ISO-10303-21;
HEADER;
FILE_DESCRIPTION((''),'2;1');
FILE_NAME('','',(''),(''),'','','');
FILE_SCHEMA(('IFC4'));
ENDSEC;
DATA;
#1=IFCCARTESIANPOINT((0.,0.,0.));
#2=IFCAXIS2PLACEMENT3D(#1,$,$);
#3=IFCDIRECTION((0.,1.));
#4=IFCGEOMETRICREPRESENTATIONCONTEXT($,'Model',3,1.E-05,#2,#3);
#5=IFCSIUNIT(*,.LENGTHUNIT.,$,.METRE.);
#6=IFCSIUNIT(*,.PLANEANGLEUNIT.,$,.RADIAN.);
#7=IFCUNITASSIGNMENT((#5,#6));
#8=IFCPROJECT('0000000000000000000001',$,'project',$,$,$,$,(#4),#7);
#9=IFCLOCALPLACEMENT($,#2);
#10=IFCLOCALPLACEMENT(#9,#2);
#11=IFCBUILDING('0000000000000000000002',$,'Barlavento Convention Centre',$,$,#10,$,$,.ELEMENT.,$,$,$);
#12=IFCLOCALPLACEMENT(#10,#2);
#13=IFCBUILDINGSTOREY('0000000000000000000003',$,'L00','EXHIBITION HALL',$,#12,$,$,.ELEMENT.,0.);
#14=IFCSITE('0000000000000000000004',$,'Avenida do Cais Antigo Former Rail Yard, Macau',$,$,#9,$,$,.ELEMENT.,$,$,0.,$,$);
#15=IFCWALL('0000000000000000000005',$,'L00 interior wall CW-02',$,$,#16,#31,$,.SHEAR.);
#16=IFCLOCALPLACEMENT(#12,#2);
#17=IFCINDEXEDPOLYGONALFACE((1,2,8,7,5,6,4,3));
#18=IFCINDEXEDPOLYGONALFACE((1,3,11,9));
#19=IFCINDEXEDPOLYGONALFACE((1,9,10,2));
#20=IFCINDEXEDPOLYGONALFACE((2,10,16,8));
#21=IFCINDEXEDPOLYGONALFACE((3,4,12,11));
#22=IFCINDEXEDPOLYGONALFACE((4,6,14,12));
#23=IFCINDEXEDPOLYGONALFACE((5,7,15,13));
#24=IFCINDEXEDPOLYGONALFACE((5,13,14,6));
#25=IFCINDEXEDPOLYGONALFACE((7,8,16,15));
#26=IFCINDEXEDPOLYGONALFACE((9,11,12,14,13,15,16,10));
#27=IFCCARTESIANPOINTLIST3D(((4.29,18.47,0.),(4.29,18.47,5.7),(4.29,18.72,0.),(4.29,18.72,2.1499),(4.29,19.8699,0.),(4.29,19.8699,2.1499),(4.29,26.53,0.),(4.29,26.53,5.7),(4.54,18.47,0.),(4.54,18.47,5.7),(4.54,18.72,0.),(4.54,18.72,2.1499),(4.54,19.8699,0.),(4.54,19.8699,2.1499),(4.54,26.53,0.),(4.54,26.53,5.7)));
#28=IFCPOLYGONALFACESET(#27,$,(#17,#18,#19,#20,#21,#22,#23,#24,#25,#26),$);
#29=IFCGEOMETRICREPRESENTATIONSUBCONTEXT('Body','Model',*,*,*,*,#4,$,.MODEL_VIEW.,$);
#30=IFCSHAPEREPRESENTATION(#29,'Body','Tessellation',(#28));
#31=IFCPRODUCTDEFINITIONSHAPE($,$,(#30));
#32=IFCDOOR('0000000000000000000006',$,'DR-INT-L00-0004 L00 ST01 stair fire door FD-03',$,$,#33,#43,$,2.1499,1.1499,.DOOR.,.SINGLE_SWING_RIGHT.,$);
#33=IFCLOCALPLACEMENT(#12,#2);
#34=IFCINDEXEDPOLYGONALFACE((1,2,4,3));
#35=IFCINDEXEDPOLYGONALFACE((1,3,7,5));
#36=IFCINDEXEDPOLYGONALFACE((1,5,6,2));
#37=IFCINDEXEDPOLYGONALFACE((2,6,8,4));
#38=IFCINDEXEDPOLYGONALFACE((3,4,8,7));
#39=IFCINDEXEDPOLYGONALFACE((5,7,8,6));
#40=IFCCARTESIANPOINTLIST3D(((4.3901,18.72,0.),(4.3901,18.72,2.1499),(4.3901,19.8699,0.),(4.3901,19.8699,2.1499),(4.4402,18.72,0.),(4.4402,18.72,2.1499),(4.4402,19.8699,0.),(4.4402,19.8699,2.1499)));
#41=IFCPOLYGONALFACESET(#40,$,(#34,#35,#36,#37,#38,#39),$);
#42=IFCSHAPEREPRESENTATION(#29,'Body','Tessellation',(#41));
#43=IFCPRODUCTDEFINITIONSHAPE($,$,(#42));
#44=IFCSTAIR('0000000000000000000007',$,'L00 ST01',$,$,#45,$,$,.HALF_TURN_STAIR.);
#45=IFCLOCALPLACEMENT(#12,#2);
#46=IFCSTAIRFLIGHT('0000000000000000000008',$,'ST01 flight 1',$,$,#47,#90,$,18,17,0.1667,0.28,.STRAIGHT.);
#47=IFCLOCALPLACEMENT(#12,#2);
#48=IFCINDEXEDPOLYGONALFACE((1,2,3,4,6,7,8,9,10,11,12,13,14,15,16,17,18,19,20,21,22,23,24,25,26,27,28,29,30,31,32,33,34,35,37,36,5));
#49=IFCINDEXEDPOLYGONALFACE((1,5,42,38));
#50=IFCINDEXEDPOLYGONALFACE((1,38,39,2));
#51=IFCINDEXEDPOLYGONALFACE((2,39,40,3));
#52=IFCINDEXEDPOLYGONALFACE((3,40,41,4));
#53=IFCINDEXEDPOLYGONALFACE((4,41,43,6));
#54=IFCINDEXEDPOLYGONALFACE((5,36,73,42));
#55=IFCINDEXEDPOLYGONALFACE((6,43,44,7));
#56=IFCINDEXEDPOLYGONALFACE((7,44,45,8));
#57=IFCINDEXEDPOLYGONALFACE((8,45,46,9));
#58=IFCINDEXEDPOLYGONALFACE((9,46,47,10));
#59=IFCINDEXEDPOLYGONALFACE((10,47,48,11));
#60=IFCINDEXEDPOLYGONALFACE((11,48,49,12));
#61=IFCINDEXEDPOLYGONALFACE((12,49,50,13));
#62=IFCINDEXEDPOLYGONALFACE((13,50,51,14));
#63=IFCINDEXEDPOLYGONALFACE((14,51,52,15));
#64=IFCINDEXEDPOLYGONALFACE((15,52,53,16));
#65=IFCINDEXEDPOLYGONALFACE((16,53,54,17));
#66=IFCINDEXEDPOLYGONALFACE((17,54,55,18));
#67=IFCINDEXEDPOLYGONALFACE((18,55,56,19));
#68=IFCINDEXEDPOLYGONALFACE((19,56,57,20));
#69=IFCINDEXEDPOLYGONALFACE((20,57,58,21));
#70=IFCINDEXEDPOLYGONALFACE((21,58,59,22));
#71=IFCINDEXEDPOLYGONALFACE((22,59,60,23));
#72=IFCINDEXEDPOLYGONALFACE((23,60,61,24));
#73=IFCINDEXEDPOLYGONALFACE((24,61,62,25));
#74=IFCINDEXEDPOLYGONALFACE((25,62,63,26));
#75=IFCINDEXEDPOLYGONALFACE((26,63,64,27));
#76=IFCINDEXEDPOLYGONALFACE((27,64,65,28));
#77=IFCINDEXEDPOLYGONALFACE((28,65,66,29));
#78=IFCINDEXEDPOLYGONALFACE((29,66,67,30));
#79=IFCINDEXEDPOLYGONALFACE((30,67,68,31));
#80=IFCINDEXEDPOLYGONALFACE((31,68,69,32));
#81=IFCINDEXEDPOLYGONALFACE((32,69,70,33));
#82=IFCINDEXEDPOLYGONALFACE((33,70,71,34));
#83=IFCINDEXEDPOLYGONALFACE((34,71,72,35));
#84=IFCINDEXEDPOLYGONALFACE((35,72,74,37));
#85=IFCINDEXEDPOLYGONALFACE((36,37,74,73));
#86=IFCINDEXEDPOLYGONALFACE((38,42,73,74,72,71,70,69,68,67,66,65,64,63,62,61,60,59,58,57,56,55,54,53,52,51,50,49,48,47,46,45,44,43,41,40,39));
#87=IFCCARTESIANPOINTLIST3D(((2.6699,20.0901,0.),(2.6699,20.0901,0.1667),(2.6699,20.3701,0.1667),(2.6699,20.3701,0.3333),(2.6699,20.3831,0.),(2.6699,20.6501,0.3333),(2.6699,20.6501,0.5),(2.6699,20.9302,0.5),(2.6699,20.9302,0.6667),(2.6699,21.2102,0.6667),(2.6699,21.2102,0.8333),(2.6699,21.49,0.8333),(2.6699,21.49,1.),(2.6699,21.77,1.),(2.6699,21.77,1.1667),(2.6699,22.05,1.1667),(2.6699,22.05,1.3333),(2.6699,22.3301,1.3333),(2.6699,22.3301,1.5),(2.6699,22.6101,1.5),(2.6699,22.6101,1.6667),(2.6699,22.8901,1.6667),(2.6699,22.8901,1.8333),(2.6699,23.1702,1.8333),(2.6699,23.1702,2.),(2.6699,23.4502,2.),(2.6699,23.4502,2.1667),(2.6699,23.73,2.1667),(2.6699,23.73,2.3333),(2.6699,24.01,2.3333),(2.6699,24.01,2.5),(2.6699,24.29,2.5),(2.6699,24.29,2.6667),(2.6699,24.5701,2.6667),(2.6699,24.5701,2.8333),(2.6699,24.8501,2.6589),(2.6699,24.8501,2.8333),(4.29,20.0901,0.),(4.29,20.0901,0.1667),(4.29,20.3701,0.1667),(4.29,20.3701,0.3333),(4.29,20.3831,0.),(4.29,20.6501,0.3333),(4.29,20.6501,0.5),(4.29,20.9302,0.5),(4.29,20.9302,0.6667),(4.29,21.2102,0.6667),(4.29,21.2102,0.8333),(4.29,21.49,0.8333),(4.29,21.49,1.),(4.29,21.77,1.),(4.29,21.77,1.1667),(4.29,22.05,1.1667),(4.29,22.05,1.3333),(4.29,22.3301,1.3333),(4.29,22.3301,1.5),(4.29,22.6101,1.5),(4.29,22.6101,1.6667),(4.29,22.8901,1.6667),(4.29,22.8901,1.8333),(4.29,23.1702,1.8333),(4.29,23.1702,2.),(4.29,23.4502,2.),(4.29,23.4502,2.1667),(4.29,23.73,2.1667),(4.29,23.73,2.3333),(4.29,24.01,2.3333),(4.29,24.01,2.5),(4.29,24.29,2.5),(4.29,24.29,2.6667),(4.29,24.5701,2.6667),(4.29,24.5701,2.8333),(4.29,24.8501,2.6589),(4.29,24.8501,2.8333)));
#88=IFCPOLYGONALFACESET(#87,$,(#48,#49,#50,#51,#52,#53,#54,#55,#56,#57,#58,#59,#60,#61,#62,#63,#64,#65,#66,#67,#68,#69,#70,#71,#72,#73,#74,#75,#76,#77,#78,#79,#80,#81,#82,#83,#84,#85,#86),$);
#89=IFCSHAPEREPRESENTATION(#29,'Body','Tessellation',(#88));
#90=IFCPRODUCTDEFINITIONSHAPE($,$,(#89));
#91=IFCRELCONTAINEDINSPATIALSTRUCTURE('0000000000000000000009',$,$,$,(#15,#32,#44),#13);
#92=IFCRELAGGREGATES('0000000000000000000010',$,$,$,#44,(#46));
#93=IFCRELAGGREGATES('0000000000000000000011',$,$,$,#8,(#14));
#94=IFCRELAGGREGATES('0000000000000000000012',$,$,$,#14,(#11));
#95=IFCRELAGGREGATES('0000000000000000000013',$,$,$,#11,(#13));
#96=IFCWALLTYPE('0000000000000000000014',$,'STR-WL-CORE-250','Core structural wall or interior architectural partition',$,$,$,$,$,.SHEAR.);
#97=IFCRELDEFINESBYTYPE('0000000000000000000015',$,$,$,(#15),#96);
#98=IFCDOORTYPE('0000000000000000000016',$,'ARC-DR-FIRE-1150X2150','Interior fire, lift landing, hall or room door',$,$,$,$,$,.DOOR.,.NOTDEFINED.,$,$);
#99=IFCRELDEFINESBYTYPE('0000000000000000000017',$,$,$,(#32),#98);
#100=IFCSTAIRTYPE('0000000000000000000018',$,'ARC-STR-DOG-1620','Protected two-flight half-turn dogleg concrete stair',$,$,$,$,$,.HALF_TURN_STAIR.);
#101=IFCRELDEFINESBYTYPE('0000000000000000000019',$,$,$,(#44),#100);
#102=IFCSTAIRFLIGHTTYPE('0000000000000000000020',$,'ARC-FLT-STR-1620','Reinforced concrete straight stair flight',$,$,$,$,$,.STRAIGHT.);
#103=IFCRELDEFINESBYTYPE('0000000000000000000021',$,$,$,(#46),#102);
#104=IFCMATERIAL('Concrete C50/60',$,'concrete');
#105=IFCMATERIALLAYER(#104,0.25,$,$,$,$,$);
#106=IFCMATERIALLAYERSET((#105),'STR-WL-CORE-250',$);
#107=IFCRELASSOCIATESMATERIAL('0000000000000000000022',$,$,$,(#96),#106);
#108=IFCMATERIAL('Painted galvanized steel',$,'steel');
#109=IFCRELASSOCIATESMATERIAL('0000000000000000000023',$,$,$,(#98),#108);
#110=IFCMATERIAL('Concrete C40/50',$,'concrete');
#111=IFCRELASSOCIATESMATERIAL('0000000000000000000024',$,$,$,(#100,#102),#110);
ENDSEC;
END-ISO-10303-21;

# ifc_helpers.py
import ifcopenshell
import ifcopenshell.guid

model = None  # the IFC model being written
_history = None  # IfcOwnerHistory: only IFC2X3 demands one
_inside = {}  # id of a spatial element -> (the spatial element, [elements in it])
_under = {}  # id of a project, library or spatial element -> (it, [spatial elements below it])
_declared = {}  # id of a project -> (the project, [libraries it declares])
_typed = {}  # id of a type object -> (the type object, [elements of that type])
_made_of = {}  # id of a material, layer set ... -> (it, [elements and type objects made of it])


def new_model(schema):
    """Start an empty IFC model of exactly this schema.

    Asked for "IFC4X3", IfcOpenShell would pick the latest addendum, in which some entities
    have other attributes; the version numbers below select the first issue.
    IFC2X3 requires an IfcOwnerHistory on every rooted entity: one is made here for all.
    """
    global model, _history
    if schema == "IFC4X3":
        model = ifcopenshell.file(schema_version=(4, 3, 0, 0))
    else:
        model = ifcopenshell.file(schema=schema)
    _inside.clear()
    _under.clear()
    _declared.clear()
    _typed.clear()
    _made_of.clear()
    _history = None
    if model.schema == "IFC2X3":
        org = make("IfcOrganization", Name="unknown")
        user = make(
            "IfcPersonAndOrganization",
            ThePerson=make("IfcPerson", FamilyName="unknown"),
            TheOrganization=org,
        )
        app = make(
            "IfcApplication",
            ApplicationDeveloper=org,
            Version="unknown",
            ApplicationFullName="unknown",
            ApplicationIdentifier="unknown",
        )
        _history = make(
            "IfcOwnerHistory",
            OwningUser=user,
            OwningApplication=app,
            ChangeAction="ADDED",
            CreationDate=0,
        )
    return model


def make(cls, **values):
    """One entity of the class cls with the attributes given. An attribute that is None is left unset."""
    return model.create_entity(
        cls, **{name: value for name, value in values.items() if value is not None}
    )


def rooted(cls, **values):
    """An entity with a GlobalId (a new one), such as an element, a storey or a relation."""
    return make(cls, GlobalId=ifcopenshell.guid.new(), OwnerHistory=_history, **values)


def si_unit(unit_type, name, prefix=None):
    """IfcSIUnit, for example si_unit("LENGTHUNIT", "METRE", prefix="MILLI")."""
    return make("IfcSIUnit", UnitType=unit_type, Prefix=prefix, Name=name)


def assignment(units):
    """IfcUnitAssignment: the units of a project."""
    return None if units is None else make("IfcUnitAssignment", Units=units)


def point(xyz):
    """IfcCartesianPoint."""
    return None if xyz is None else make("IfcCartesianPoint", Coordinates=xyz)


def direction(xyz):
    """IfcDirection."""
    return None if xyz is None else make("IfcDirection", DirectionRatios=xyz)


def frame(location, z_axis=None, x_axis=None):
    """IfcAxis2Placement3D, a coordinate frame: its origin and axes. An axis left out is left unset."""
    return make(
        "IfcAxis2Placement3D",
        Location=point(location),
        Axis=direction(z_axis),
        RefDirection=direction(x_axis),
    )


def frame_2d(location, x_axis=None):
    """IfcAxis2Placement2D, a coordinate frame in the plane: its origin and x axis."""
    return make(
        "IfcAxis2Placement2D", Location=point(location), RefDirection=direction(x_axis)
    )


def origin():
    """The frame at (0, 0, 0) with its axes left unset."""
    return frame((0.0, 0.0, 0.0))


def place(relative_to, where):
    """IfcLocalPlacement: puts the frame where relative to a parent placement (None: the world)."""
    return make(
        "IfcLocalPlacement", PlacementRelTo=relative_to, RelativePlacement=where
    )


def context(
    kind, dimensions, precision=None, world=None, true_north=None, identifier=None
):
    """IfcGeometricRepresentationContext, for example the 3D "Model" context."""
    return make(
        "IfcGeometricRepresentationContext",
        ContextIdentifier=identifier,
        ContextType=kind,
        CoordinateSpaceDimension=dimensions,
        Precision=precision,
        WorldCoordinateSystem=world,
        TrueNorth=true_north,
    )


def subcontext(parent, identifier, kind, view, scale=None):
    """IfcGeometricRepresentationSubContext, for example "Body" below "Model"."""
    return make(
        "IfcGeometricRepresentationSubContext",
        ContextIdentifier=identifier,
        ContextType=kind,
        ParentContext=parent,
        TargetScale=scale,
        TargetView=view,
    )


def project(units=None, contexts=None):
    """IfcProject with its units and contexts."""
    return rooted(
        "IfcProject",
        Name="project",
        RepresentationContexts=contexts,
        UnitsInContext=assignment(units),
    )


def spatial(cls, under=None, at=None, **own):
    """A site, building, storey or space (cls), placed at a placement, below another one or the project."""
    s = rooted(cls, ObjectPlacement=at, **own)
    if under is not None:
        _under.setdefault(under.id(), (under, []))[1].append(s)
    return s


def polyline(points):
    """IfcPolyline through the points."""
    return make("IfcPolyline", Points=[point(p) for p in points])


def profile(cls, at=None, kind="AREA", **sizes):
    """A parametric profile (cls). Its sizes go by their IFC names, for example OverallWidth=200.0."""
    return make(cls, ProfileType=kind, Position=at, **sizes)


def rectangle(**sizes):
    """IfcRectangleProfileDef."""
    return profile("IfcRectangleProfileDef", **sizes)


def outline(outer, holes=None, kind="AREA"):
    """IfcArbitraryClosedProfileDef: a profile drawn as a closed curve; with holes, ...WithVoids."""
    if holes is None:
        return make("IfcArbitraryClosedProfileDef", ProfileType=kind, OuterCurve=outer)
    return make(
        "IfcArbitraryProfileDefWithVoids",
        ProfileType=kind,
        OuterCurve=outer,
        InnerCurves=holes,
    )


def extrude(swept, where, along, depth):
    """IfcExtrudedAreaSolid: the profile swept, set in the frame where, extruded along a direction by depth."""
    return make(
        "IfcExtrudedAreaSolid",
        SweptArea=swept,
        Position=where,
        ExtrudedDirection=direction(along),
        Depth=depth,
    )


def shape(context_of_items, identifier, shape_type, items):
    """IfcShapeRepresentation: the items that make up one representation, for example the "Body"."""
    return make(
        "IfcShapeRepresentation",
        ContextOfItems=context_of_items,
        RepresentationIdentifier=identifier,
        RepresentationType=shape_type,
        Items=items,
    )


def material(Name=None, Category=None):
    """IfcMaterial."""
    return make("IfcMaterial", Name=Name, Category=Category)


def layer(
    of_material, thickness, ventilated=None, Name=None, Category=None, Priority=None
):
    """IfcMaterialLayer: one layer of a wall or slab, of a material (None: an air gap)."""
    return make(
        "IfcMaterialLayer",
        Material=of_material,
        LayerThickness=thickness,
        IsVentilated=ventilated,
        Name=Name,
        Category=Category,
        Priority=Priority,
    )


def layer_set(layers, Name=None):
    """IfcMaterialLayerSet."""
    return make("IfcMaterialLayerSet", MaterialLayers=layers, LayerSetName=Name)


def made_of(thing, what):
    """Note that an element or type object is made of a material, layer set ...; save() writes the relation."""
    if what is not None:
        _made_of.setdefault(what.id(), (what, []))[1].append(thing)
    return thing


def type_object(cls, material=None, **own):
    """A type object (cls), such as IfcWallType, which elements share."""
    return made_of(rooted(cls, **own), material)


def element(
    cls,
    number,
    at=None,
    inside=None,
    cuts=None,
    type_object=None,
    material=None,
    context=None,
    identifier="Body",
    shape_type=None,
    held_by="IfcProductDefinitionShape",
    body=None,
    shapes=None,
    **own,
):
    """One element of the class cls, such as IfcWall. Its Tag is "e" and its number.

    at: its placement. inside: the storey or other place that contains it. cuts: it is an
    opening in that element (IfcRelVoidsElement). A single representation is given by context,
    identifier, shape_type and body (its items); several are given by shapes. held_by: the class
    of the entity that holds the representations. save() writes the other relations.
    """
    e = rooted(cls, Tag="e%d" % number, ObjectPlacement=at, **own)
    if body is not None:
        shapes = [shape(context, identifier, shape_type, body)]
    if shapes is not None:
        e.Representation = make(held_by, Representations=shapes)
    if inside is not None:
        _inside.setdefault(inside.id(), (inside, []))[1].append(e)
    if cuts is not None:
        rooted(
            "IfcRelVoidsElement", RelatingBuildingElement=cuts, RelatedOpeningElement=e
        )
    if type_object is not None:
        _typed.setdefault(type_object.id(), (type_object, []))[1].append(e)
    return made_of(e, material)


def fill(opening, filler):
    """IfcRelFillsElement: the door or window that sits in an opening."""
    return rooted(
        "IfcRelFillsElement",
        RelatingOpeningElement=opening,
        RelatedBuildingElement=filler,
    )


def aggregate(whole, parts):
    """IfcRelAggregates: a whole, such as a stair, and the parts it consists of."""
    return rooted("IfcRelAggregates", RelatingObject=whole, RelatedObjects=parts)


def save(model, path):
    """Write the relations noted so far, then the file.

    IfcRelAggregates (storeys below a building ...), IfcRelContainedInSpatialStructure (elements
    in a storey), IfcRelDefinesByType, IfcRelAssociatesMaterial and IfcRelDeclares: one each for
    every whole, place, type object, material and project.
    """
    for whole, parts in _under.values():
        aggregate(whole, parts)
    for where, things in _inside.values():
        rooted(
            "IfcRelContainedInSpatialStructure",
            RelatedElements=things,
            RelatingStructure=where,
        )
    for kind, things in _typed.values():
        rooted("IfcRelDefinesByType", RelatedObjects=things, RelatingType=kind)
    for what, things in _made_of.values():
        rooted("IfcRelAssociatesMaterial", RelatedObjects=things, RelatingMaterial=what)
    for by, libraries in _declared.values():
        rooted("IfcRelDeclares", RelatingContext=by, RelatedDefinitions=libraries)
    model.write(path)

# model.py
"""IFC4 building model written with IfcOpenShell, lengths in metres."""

from ifc_helpers import new_model, si_unit, direction, frame, frame_2d, origin, place, context, subcontext, project, spatial, polyline, rectangle, outline, extrude, material, layer, layer_set, type_object, element, fill, aggregate, save


model = new_model("IFC4")

# Units and contexts
model_context = context("Model", 3, precision=1e-05, world=origin(), true_north=direction((0.0, 1.0)))
body_context = subcontext(model_context, "Body", "Model", "MODEL_VIEW")
ifc_project = project(units=[si_unit("LENGTHUNIT", "METRE"), si_unit("PLANEANGLEUNIT", "RADIAN")], contexts=[model_context])

# Site, building, storey
site_placement = place(None, origin())
site = spatial("IfcSite", under=ifc_project, at=site_placement, Name="Avenida do Cais Antigo Former Rail Yard, Macau", CompositionType="ELEMENT", RefElevation=0.0)
building_placement = place(site_placement, origin())
building = spatial("IfcBuilding", under=site, at=building_placement, Name="Barlavento Convention Centre", CompositionType="ELEMENT")
storey_placement = place(building_placement, origin())
storey = spatial("IfcBuildingStorey", under=building, at=storey_placement, Name="L00", Description="EXHIBITION HALL", CompositionType="ELEMENT", Elevation=0.0)

# Shared definitions
ifc_material_1 = material(Name="Concrete C50/60", Category="concrete")

# Shared definitions
ifc_layer_1 = layer(ifc_material_1, 0.25)
ifc_layer_set_1 = layer_set([ifc_layer_1], Name="STR-WL-CORE-250")
wall_type_1 = type_object("IfcWallType", Name="STR-WL-CORE-250", Description="Core structural wall or interior architectural partition", PredefinedType="SHEAR", material=ifc_layer_set_1)

# Wall, opening, door
wall_1_placement = place(storey_placement, frame((4.415, 18.47, 0.0), z_axis=(0.0, 0.0, 1.0), x_axis=(0.0, 1.0, 0.0)))
wall_1 = element("IfcWall", 1, at=wall_1_placement, inside=storey, type_object=wall_type_1, Name="L00 interior wall CW-02", PredefinedType="SHEAR", context=body_context, shape_type="SweptSolid", body=[
    extrude(rectangle(XDim=8.0601, YDim=0.25, at=frame_2d((4.03, 0.0))), origin(), (0.0, 0.0, 1.0), 5.7),
])
opening_1_placement = place(wall_1_placement, frame((0.25, 0.0, 0.0)))
opening_1 = element("IfcOpeningElement", 2, at=opening_1_placement, cuts=wall_1, PredefinedType="OPENING", context=body_context, shape_type="SweptSolid", body=[
    extrude(rectangle(XDim=1.1499, YDim=2.1499, at=frame_2d((0.575, 1.075))), frame((0.0, 0.135, 0.0), z_axis=(0.0, -1.0, 0.0), x_axis=(1.0, 0.0, 0.0)), (0.0, 0.0, 1.0), 0.27),
])
ifc_material_2 = material(Name="Painted galvanized steel", Category="steel")
door_type = type_object("IfcDoorType", Name="ARC-DR-FIRE-1150X2150", Description="Interior fire, lift landing, hall or room door", OperationType="NOTDEFINED", PredefinedType="DOOR", material=ifc_material_2)
door_placement = place(opening_1_placement, origin())
door = element("IfcDoor", 3, at=door_placement, inside=storey, type_object=door_type, Name="DR-INT-L00-0004 L00 ST01 stair fire door FD-03", OperationType="SINGLE_SWING_RIGHT", OverallHeight=2.1499, OverallWidth=1.1499, PredefinedType="DOOR", context=body_context, shape_type="SweptSolid", body=[
    extrude(rectangle(XDim=1.1499, YDim=2.1499, at=frame_2d((0.575, 1.075))), frame((0.0, 0.0249, 0.0), z_axis=(0.0, -1.0, 0.0), x_axis=(1.0, 0.0, 0.0)), (0.0, 0.0, 1.0), 0.05),
])
fill(opening_1, door)

# Stair, stair flight
ifc_material_3 = material(Name="Concrete C40/50", Category="concrete")
stair_type = type_object("IfcStairType", Name="ARC-STR-DOG-1620", Description="Protected two-flight half-turn dogleg concrete stair", PredefinedType="HALF_TURN_STAIR", material=ifc_material_3)
stair_placement = place(storey_placement, origin())
stair = element("IfcStair", 4, at=stair_placement, inside=storey, type_object=stair_type, Name="L00 ST01", PredefinedType="HALF_TURN_STAIR")
stair_flight_type = type_object("IfcStairFlightType", Name="ARC-FLT-STR-1620", Description="Reinforced concrete straight stair flight", PredefinedType="STRAIGHT", material=ifc_material_3)
stair_flight_placement = place(storey_placement, frame((3.48, 20.0901, 0.0), z_axis=(0.0, 0.0, 1.0), x_axis=(0.0, 1.0, 0.0)))
stair_flight = element("IfcStairFlight", 5, at=stair_flight_placement, type_object=stair_flight_type, Name="ST01 flight 1", NumberOfRisers=18, NumberOfTreads=17, PredefinedType="STRAIGHT", RiserHeight=0.1667, TreadLength=0.28, context=body_context, shape_type="SweptSolid", body=[
    extrude(outline(polyline([(0.0, 0.0), (0.0, 0.1667), (0.28, 0.1667), (0.28, 0.3333), (0.5601, 0.3333), (0.5601, 0.5), (0.8401, 0.5), (0.8401, 0.6667), (1.1201, 0.6667), (1.1201, 0.8333), (1.3999, 0.8333), (1.3999, 1.0), (1.6799, 1.0), (1.6799, 1.1667), (1.96, 1.1667), (1.96, 1.3333), (2.24, 1.3333), (2.24, 1.5), (2.52, 1.5), (2.52, 1.6667), (2.8, 1.6667), (2.8, 1.8333), (3.0801, 1.8333), (3.0801, 2.0), (3.3601, 2.0), (3.3601, 2.1667), (3.6399, 2.1667), (3.6399, 2.3333), (3.9199, 2.3333), (3.9199, 2.5), (4.2, 2.5), (4.2, 2.6667), (4.48, 2.6667), (4.48, 2.8333), (4.76, 2.8333), (4.76, 3.0), (4.76, 2.6589), (0.293, 0.0), (0.0, 0.0)])), frame((0.0, 0.8101, 0.0), z_axis=(0.0, -1.0, 0.0), x_axis=(1.0, 0.0, 0.0)), (0.0, 0.0, 1.0), 1.6201),
])
aggregate(stair, [stair_flight])

save(model, "model.ifc")
